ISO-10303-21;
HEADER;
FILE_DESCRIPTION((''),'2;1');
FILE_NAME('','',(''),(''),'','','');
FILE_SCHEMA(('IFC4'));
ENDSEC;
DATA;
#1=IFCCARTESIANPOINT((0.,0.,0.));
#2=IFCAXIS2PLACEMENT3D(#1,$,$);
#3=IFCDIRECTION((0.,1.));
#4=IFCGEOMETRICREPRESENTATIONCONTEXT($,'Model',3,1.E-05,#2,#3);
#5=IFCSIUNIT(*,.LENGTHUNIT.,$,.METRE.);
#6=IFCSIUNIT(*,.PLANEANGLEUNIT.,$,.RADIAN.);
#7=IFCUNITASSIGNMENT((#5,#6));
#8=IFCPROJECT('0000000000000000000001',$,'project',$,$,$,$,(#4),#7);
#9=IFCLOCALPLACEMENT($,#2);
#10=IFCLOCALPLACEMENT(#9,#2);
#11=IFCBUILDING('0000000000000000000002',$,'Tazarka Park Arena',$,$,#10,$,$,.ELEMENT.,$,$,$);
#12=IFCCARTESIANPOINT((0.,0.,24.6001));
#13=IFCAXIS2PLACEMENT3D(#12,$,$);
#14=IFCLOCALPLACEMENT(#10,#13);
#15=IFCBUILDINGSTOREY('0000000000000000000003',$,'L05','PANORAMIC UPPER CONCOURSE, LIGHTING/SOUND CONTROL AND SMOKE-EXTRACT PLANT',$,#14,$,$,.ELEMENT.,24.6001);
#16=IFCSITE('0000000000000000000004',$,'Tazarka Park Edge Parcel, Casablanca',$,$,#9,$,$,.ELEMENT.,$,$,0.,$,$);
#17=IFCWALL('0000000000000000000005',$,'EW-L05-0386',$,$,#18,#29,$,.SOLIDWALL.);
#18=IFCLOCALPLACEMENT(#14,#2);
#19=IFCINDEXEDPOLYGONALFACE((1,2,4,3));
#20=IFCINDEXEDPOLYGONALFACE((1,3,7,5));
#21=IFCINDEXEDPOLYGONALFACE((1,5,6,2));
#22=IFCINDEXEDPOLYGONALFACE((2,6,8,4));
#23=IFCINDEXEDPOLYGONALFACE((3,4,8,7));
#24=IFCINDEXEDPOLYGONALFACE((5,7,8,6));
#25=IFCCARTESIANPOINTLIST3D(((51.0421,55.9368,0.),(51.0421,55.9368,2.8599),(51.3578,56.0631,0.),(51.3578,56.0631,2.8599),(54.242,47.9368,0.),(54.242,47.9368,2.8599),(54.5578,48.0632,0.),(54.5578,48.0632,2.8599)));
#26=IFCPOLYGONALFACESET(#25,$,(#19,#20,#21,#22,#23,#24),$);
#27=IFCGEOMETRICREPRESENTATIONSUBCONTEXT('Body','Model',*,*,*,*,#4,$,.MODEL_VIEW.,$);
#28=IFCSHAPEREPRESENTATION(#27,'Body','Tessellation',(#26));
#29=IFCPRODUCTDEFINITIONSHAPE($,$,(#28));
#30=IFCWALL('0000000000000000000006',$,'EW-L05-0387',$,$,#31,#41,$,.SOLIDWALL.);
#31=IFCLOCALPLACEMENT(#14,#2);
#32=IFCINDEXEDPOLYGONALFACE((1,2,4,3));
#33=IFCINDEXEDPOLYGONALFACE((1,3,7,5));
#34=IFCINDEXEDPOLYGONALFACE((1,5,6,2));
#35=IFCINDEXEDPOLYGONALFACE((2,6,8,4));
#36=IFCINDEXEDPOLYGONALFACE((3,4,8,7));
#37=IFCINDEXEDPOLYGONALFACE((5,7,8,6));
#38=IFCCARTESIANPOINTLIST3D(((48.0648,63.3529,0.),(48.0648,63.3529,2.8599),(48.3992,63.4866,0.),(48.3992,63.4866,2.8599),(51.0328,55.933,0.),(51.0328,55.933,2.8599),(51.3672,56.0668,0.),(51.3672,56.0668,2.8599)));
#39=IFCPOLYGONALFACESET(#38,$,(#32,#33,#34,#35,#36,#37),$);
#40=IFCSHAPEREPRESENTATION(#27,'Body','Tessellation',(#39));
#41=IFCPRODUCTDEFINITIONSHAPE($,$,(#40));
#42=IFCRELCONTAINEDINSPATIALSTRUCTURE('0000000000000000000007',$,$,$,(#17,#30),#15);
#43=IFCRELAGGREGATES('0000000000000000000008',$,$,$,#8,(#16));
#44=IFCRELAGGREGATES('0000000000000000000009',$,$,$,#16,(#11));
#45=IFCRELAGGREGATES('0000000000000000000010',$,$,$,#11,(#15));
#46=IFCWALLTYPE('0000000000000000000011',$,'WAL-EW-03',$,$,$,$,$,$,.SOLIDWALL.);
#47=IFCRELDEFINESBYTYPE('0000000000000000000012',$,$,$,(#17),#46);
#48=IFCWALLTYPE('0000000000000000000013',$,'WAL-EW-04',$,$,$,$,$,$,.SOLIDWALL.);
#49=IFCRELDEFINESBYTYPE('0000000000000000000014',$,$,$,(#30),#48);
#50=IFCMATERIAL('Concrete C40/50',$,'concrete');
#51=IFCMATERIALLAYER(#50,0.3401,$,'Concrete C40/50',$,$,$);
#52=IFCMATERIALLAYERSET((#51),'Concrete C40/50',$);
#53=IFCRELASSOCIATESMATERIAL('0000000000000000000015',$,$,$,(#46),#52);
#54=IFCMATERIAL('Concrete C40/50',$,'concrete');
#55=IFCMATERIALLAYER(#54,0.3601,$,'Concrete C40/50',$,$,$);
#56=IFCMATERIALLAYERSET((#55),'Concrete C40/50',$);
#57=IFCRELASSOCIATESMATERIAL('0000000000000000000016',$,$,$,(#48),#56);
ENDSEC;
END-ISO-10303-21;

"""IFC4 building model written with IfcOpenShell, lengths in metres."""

from ifc_helpers import new_model, si_unit, direction, frame, frame_2d, origin, place, context, subcontext, project, spatial, rectangle, extrude, material, layer, layer_set, type_object, element, save


model = new_model("IFC4")

# Units and contexts
model_context = context("Model", 3, precision=1e-05, world=origin(), true_north=direction((0.0, 1.0)))
body_context = subcontext(model_context, "Body", "Model", "MODEL_VIEW")
ifc_project = project(units=[si_unit("LENGTHUNIT", "METRE"), si_unit("PLANEANGLEUNIT", "RADIAN")], contexts=[model_context])

# Site, building, storey
site_placement = place(None, origin())
site = spatial("IfcSite", under=ifc_project, at=site_placement, Name="Tazarka Park Edge Parcel, Casablanca", CompositionType="ELEMENT", RefElevation=0.0)
building_placement = place(site_placement, origin())
building = spatial("IfcBuilding", under=site, at=building_placement, Name="Tazarka Park Arena", CompositionType="ELEMENT")
storey_placement = place(building_placement, frame((0.0, 0.0, 24.6001)))
storey = spatial("IfcBuildingStorey", under=building, at=storey_placement, Name="L05", Description="PANORAMIC UPPER CONCOURSE, LIGHTING/SOUND CONTROL AND SMOKE-EXTRACT PLANT", CompositionType="ELEMENT", Elevation=24.6001)

# Walls
ifc_material_1 = material(Name="Concrete C40/50", Category="concrete")
ifc_layer_1 = layer(ifc_material_1, 0.3401, Name="Concrete C40/50")
ifc_layer_set_1 = layer_set([ifc_layer_1], Name="Concrete C40/50")
wall_type_1 = type_object("IfcWallType", Name="WAL-EW-03", PredefinedType="SOLIDWALL", material=ifc_layer_set_1)
wall_1_placement = place(storey_placement, frame((54.3999, 48.0, 0.0), z_axis=(0.0, 0.0, 1.0), x_axis=(-0.371386, 0.928479, 0.0)))
element("IfcWall", 1, at=wall_1_placement, inside=storey, type_object=wall_type_1, Name="EW-L05-0386", PredefinedType="SOLIDWALL", context=body_context, shape_type="SweptSolid", body=[
    extrude(rectangle(XDim=8.6162, YDim=0.3401, at=frame_2d((4.3081, 0.0))), origin(), (0.0, 0.0, 1.0), 2.8599),
])
ifc_material_2 = material(Name="Concrete C40/50", Category="concrete")
ifc_layer_2 = layer(ifc_material_2, 0.3601, Name="Concrete C40/50")
ifc_layer_set_2 = layer_set([ifc_layer_2], Name="Concrete C40/50")
wall_type_2 = type_object("IfcWallType", Name="WAL-EW-04", PredefinedType="SOLIDWALL", material=ifc_layer_set_2)
wall_2_placement = place(storey_placement, frame((51.2, 56.0, 0.0), z_axis=(0.0, 0.0, 1.0), x_axis=(-0.371396, 0.928475, 0.0)))
element("IfcWall", 2, at=wall_2_placement, inside=storey, type_object=wall_type_2, Name="EW-L05-0387", PredefinedType="SOLIDWALL", context=body_context, shape_type="SweptSolid", body=[
    extrude(rectangle(XDim=7.9915, YDim=0.3601, at=frame_2d((3.9956, 0.0))), origin(), (0.0, 0.0, 1.0), 2.8599),
])

save(model, "model.ifc")
